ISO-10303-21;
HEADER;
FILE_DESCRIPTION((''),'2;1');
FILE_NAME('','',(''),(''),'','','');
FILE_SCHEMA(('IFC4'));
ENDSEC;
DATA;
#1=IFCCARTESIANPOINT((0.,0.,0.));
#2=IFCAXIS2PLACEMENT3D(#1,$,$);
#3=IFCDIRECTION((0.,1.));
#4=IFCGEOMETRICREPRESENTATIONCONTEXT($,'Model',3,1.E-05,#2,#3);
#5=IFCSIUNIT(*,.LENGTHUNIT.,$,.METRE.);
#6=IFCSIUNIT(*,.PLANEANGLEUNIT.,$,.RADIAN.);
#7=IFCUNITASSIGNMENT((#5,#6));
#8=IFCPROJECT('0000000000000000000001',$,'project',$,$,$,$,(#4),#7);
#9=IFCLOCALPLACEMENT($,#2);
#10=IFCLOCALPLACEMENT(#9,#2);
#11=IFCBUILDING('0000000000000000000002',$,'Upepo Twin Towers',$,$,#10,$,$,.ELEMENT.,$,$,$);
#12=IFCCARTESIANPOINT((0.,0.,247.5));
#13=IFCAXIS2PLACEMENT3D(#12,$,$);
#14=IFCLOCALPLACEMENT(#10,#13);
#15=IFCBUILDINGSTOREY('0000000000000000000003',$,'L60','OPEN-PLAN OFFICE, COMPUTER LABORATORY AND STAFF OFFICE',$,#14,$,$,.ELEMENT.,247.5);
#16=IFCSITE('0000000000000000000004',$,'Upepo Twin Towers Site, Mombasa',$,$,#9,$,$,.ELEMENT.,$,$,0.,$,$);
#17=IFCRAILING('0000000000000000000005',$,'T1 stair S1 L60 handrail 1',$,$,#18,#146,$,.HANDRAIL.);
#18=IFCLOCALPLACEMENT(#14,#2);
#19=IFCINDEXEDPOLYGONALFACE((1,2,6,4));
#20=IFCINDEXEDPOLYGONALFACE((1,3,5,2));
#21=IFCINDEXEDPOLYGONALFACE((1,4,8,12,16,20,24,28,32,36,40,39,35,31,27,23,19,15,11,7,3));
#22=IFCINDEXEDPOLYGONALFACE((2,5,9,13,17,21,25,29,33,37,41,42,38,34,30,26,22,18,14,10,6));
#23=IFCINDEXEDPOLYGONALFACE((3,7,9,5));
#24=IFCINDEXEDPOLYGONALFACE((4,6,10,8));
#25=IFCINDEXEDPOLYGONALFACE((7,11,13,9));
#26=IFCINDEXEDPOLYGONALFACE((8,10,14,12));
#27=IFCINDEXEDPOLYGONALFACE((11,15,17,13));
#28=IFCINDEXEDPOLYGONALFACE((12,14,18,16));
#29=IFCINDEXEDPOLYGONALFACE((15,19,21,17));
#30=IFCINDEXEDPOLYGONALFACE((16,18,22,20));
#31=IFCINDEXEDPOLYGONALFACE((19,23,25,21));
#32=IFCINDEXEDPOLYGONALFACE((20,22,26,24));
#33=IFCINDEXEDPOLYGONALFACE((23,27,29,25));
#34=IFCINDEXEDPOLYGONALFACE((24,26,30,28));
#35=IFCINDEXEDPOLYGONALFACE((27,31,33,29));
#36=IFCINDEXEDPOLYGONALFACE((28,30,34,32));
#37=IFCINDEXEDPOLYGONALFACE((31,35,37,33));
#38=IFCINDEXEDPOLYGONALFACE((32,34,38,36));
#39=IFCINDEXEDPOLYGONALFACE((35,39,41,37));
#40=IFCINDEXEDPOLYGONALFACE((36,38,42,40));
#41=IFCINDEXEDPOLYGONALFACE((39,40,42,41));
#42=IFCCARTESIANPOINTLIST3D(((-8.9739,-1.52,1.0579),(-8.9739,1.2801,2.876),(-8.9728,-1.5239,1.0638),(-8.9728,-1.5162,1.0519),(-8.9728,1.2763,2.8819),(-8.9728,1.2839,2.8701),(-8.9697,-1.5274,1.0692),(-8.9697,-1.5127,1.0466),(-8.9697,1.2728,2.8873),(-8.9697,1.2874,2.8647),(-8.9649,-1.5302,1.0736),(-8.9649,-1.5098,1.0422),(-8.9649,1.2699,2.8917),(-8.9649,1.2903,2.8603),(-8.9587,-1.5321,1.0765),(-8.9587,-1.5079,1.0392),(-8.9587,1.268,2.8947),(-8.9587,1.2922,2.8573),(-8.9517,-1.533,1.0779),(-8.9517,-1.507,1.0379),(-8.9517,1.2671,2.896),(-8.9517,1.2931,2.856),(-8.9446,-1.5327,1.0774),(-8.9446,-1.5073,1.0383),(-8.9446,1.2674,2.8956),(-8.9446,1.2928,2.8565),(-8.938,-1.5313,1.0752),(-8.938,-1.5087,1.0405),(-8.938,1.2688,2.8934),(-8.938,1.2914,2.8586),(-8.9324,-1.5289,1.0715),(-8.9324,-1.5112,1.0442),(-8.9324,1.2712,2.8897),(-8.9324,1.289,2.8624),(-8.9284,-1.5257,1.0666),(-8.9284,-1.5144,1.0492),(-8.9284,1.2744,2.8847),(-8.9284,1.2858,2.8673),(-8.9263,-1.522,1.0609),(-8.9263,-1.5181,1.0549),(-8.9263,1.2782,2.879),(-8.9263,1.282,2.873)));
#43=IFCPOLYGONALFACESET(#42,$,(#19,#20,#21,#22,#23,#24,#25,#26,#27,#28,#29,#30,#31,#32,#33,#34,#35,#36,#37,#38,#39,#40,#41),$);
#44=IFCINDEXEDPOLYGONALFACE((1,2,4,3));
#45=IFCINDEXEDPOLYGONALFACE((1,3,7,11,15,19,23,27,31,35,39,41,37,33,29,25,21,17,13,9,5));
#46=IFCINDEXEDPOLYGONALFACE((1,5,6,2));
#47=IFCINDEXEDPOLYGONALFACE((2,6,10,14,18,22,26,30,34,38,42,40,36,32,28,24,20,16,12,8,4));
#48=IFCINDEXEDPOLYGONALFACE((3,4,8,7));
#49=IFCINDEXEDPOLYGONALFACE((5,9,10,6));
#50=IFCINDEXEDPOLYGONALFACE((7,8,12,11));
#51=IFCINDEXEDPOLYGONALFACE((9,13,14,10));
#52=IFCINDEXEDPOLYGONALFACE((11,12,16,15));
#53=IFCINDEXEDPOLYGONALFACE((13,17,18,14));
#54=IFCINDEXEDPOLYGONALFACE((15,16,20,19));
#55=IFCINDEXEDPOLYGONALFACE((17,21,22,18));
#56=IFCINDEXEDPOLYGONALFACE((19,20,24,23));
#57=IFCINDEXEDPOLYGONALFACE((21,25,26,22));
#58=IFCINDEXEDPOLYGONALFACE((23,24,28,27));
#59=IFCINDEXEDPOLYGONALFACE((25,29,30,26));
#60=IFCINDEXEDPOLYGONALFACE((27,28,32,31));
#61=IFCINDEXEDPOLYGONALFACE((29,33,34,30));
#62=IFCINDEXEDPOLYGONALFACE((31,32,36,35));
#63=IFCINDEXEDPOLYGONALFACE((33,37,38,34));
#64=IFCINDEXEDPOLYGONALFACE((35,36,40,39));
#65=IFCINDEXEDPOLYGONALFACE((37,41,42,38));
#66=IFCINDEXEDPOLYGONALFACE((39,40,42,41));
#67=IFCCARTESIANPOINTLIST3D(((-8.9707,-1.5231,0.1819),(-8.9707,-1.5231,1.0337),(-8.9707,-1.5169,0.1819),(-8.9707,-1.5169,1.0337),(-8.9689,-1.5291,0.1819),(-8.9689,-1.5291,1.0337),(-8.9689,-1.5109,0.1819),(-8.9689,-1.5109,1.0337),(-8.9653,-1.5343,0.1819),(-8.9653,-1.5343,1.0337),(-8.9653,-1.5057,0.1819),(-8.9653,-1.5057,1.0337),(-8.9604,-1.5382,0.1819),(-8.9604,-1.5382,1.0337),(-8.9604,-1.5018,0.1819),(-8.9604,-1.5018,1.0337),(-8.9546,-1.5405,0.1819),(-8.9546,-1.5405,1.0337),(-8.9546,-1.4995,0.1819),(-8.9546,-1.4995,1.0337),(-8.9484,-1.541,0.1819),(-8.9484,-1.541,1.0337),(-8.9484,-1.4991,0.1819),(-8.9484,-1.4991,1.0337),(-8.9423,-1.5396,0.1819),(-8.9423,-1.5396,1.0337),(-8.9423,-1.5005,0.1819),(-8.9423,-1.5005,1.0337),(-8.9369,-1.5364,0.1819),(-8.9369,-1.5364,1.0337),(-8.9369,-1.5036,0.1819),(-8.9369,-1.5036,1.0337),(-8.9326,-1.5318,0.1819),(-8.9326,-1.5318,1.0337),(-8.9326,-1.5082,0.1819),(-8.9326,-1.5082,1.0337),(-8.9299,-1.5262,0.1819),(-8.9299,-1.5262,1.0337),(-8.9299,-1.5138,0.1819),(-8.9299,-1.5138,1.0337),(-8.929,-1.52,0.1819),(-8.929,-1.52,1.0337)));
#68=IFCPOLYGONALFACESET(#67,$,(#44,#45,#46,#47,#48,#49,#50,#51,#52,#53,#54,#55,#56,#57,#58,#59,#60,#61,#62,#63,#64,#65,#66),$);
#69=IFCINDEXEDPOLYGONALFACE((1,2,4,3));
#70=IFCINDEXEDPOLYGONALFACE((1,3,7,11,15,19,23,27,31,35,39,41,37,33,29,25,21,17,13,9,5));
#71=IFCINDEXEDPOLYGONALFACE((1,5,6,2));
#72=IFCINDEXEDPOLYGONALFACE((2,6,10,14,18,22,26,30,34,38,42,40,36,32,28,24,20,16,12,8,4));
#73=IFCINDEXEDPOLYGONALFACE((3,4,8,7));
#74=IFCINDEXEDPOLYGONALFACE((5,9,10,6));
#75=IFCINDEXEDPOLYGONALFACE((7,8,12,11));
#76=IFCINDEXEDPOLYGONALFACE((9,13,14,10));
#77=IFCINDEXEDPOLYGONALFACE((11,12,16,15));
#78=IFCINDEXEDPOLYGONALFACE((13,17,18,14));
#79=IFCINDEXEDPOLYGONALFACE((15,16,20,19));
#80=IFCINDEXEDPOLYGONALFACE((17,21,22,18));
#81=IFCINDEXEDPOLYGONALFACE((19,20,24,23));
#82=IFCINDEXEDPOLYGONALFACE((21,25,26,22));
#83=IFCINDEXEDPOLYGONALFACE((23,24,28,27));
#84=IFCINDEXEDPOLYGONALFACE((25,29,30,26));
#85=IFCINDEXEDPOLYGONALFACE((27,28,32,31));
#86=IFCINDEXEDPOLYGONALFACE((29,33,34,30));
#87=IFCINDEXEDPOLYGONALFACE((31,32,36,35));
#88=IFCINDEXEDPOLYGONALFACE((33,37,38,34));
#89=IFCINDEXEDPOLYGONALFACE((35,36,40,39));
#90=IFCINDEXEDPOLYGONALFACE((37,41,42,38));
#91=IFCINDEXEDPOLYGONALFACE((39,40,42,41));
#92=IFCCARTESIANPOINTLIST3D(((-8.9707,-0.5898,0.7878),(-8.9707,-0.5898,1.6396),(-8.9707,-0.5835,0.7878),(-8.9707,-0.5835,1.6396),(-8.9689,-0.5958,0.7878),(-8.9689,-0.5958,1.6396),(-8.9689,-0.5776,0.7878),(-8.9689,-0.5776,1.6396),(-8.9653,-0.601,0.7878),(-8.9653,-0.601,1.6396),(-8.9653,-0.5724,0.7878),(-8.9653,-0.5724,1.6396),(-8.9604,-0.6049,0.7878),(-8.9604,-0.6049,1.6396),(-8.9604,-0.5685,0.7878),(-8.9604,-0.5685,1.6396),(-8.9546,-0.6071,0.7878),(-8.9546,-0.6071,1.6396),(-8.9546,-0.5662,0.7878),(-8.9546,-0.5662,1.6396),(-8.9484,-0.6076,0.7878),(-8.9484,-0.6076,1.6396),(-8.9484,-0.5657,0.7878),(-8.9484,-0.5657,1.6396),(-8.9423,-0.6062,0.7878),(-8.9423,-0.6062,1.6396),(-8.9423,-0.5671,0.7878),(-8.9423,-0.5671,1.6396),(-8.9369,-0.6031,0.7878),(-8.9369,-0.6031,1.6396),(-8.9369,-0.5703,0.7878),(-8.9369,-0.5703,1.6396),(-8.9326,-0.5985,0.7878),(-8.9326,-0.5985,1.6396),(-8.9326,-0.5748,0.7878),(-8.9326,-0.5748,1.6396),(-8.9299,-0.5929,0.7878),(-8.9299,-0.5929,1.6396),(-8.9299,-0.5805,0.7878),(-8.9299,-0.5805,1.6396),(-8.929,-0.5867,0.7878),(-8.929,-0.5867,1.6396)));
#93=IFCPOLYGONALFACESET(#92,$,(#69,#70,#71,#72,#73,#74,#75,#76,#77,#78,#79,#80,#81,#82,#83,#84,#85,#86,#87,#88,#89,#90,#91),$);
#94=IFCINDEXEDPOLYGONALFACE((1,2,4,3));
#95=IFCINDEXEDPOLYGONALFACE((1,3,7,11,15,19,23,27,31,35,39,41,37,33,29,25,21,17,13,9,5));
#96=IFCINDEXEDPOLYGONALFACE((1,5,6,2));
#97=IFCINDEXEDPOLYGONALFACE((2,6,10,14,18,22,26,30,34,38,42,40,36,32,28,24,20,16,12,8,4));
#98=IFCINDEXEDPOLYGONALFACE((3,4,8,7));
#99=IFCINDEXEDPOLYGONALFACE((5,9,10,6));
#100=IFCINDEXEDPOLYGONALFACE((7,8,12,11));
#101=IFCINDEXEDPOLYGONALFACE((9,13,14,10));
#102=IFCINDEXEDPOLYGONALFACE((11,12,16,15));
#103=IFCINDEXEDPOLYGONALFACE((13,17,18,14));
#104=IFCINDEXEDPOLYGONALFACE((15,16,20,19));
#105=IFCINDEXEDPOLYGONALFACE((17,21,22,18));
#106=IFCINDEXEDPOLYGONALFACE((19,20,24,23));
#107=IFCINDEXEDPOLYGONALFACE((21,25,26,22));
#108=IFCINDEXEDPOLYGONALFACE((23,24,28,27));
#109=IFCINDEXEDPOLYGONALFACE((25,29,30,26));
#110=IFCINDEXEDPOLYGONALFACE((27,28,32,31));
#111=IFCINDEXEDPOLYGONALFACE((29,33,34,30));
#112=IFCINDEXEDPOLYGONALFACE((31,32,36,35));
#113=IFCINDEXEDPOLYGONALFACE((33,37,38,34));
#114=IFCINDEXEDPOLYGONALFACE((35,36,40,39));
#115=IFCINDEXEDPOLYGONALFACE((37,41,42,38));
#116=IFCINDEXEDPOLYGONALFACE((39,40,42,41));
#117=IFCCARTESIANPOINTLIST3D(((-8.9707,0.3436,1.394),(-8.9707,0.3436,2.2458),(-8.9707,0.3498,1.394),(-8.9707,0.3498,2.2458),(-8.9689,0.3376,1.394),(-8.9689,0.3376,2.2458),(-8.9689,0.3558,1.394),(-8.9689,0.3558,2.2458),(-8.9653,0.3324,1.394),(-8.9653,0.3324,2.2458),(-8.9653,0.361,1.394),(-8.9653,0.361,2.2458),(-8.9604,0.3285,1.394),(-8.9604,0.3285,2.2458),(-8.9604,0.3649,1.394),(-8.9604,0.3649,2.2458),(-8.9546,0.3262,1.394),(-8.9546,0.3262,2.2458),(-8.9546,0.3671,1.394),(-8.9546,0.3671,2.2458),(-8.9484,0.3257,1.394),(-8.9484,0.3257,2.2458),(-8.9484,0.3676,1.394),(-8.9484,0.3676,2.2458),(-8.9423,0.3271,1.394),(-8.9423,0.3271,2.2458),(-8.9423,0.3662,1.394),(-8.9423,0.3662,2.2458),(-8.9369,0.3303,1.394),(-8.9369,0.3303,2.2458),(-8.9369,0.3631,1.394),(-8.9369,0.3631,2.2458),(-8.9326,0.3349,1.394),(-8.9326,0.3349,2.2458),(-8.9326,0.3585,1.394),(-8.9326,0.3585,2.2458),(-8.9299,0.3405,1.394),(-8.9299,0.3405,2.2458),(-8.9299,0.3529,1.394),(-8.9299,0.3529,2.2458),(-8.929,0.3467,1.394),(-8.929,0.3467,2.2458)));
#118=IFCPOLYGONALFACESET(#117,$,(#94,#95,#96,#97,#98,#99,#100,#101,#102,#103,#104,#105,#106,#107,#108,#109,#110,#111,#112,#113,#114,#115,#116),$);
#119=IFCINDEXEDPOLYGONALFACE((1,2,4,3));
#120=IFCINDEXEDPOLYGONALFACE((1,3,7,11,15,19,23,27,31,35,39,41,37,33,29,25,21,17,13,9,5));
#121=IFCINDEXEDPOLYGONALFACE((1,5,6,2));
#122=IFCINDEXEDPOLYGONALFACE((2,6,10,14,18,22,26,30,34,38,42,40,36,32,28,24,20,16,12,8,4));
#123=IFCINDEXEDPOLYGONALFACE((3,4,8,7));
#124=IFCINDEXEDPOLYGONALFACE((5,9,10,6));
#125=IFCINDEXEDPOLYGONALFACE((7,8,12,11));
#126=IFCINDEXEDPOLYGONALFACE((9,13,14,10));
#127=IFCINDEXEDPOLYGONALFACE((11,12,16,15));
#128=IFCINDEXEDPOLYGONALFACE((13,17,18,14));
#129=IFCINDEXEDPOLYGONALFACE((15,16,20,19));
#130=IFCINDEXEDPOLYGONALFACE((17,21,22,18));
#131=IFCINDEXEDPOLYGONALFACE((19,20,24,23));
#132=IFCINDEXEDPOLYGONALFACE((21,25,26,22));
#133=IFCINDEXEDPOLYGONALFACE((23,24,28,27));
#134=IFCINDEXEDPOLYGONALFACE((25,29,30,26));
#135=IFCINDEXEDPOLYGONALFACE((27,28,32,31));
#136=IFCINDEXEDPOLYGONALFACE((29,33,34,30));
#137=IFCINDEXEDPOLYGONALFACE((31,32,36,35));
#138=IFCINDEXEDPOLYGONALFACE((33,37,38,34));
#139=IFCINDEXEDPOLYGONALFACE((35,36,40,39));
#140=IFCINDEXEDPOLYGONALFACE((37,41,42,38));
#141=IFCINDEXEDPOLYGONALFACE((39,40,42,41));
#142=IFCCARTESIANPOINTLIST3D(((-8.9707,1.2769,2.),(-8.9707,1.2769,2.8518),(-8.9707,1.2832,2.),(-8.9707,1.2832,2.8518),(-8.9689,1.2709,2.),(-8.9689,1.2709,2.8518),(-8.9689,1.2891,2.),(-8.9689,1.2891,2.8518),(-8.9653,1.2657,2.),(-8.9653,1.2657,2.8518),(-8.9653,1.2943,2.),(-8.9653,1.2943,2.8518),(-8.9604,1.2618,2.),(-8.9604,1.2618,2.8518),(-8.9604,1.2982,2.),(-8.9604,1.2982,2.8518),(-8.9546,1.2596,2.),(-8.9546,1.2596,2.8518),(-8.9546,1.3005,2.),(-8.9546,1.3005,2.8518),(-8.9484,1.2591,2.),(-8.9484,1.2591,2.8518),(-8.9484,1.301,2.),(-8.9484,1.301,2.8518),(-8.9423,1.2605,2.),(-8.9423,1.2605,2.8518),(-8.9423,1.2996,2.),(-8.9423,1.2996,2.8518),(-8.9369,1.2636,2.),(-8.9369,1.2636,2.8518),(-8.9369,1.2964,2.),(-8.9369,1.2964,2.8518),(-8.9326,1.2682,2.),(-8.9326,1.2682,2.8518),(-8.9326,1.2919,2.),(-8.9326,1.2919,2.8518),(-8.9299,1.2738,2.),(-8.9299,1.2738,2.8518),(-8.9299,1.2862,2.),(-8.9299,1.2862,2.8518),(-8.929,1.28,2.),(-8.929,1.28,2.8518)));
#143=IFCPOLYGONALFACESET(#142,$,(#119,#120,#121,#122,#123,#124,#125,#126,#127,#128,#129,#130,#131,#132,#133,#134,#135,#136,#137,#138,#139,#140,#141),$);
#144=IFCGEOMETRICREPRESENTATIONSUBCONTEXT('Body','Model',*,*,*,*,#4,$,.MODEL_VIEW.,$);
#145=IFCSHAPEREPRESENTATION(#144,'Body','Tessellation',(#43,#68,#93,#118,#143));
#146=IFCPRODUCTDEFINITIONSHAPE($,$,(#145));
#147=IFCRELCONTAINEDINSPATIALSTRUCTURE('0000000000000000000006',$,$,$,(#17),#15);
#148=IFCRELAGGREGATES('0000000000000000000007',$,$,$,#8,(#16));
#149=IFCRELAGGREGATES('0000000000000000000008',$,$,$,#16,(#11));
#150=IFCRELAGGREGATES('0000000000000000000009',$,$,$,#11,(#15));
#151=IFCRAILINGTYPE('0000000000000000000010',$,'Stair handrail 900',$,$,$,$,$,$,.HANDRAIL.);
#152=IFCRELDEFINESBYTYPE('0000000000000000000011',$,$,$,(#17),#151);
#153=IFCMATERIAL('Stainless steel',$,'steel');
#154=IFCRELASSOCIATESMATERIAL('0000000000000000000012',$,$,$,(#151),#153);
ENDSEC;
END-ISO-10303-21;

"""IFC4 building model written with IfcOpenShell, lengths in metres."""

from ifc_helpers import new_model, si_unit, direction, frame, origin, origin_2d, place, context, subcontext, project, spatial, circle, extrude, material, type_object, element, save


model = new_model("IFC4")

# Units and contexts
model_context = context("Model", 3, precision=1e-05, world=origin(), true_north=direction((0.0, 1.0)))
body_context = subcontext(model_context, "Body", "Model", "MODEL_VIEW")
ifc_project = project(units=[si_unit("LENGTHUNIT", "METRE"), si_unit("PLANEANGLEUNIT", "RADIAN")], contexts=[model_context])

# Site, building, storey
site_placement = place(None, origin())
site = spatial("IfcSite", under=ifc_project, at=site_placement, Name="Upepo Twin Towers Site, Mombasa", CompositionType="ELEMENT", RefElevation=0.0)
building_placement = place(site_placement, origin())
building = spatial("IfcBuilding", under=site, at=building_placement, Name="Upepo Twin Towers", CompositionType="ELEMENT")
storey_placement = place(building_placement, frame((0.0, 0.0, 247.5)))
storey = spatial("IfcBuildingStorey", under=building, at=storey_placement, Name="L60", Description="OPEN-PLAN OFFICE, COMPUTER LABORATORY AND STAFF OFFICE", CompositionType="ELEMENT", Elevation=247.5)

# Railing
ifc_material_1 = material(Name="Stainless steel", Category="steel")
railing_type = type_object("IfcRailingType", Name="Stair handrail 900", PredefinedType="HANDRAIL", material=ifc_material_1)
railing_placement = place(storey_placement, frame((-8.95, -1.52, 0.1819)))
element("IfcRailing", 1, at=railing_placement, inside=storey, type_object=railing_type, Name="T1 stair S1 L60 handrail 1", PredefinedType="HANDRAIL", context=body_context, shape_type="SweptSolid", body=[
    extrude(circle(Radius=0.0239, at=origin_2d()), frame((0.0, 0.0, 0.876), z_axis=(0.0, 0.838706, 0.544585), x_axis=(-1.0, 0.0, 0.0)), (0.0, 0.0, 1.0), 3.3386),
    extrude(circle(Radius=0.021, at=origin_2d()), origin(), (0.0, 0.0, 1.0), 0.8518),
    extrude(circle(Radius=0.021, at=origin_2d()), frame((0.0, 0.9333, 0.606)), (0.0, 0.0, 1.0), 0.8518),
    extrude(circle(Radius=0.021, at=origin_2d()), frame((0.0, 1.8667, 1.2122)), (0.0, 0.0, 1.0), 0.8518),
    extrude(circle(Radius=0.021, at=origin_2d()), frame((0.0, 2.8, 1.8181)), (0.0, 0.0, 1.0), 0.8518),
])

save(model, "model.ifc")
